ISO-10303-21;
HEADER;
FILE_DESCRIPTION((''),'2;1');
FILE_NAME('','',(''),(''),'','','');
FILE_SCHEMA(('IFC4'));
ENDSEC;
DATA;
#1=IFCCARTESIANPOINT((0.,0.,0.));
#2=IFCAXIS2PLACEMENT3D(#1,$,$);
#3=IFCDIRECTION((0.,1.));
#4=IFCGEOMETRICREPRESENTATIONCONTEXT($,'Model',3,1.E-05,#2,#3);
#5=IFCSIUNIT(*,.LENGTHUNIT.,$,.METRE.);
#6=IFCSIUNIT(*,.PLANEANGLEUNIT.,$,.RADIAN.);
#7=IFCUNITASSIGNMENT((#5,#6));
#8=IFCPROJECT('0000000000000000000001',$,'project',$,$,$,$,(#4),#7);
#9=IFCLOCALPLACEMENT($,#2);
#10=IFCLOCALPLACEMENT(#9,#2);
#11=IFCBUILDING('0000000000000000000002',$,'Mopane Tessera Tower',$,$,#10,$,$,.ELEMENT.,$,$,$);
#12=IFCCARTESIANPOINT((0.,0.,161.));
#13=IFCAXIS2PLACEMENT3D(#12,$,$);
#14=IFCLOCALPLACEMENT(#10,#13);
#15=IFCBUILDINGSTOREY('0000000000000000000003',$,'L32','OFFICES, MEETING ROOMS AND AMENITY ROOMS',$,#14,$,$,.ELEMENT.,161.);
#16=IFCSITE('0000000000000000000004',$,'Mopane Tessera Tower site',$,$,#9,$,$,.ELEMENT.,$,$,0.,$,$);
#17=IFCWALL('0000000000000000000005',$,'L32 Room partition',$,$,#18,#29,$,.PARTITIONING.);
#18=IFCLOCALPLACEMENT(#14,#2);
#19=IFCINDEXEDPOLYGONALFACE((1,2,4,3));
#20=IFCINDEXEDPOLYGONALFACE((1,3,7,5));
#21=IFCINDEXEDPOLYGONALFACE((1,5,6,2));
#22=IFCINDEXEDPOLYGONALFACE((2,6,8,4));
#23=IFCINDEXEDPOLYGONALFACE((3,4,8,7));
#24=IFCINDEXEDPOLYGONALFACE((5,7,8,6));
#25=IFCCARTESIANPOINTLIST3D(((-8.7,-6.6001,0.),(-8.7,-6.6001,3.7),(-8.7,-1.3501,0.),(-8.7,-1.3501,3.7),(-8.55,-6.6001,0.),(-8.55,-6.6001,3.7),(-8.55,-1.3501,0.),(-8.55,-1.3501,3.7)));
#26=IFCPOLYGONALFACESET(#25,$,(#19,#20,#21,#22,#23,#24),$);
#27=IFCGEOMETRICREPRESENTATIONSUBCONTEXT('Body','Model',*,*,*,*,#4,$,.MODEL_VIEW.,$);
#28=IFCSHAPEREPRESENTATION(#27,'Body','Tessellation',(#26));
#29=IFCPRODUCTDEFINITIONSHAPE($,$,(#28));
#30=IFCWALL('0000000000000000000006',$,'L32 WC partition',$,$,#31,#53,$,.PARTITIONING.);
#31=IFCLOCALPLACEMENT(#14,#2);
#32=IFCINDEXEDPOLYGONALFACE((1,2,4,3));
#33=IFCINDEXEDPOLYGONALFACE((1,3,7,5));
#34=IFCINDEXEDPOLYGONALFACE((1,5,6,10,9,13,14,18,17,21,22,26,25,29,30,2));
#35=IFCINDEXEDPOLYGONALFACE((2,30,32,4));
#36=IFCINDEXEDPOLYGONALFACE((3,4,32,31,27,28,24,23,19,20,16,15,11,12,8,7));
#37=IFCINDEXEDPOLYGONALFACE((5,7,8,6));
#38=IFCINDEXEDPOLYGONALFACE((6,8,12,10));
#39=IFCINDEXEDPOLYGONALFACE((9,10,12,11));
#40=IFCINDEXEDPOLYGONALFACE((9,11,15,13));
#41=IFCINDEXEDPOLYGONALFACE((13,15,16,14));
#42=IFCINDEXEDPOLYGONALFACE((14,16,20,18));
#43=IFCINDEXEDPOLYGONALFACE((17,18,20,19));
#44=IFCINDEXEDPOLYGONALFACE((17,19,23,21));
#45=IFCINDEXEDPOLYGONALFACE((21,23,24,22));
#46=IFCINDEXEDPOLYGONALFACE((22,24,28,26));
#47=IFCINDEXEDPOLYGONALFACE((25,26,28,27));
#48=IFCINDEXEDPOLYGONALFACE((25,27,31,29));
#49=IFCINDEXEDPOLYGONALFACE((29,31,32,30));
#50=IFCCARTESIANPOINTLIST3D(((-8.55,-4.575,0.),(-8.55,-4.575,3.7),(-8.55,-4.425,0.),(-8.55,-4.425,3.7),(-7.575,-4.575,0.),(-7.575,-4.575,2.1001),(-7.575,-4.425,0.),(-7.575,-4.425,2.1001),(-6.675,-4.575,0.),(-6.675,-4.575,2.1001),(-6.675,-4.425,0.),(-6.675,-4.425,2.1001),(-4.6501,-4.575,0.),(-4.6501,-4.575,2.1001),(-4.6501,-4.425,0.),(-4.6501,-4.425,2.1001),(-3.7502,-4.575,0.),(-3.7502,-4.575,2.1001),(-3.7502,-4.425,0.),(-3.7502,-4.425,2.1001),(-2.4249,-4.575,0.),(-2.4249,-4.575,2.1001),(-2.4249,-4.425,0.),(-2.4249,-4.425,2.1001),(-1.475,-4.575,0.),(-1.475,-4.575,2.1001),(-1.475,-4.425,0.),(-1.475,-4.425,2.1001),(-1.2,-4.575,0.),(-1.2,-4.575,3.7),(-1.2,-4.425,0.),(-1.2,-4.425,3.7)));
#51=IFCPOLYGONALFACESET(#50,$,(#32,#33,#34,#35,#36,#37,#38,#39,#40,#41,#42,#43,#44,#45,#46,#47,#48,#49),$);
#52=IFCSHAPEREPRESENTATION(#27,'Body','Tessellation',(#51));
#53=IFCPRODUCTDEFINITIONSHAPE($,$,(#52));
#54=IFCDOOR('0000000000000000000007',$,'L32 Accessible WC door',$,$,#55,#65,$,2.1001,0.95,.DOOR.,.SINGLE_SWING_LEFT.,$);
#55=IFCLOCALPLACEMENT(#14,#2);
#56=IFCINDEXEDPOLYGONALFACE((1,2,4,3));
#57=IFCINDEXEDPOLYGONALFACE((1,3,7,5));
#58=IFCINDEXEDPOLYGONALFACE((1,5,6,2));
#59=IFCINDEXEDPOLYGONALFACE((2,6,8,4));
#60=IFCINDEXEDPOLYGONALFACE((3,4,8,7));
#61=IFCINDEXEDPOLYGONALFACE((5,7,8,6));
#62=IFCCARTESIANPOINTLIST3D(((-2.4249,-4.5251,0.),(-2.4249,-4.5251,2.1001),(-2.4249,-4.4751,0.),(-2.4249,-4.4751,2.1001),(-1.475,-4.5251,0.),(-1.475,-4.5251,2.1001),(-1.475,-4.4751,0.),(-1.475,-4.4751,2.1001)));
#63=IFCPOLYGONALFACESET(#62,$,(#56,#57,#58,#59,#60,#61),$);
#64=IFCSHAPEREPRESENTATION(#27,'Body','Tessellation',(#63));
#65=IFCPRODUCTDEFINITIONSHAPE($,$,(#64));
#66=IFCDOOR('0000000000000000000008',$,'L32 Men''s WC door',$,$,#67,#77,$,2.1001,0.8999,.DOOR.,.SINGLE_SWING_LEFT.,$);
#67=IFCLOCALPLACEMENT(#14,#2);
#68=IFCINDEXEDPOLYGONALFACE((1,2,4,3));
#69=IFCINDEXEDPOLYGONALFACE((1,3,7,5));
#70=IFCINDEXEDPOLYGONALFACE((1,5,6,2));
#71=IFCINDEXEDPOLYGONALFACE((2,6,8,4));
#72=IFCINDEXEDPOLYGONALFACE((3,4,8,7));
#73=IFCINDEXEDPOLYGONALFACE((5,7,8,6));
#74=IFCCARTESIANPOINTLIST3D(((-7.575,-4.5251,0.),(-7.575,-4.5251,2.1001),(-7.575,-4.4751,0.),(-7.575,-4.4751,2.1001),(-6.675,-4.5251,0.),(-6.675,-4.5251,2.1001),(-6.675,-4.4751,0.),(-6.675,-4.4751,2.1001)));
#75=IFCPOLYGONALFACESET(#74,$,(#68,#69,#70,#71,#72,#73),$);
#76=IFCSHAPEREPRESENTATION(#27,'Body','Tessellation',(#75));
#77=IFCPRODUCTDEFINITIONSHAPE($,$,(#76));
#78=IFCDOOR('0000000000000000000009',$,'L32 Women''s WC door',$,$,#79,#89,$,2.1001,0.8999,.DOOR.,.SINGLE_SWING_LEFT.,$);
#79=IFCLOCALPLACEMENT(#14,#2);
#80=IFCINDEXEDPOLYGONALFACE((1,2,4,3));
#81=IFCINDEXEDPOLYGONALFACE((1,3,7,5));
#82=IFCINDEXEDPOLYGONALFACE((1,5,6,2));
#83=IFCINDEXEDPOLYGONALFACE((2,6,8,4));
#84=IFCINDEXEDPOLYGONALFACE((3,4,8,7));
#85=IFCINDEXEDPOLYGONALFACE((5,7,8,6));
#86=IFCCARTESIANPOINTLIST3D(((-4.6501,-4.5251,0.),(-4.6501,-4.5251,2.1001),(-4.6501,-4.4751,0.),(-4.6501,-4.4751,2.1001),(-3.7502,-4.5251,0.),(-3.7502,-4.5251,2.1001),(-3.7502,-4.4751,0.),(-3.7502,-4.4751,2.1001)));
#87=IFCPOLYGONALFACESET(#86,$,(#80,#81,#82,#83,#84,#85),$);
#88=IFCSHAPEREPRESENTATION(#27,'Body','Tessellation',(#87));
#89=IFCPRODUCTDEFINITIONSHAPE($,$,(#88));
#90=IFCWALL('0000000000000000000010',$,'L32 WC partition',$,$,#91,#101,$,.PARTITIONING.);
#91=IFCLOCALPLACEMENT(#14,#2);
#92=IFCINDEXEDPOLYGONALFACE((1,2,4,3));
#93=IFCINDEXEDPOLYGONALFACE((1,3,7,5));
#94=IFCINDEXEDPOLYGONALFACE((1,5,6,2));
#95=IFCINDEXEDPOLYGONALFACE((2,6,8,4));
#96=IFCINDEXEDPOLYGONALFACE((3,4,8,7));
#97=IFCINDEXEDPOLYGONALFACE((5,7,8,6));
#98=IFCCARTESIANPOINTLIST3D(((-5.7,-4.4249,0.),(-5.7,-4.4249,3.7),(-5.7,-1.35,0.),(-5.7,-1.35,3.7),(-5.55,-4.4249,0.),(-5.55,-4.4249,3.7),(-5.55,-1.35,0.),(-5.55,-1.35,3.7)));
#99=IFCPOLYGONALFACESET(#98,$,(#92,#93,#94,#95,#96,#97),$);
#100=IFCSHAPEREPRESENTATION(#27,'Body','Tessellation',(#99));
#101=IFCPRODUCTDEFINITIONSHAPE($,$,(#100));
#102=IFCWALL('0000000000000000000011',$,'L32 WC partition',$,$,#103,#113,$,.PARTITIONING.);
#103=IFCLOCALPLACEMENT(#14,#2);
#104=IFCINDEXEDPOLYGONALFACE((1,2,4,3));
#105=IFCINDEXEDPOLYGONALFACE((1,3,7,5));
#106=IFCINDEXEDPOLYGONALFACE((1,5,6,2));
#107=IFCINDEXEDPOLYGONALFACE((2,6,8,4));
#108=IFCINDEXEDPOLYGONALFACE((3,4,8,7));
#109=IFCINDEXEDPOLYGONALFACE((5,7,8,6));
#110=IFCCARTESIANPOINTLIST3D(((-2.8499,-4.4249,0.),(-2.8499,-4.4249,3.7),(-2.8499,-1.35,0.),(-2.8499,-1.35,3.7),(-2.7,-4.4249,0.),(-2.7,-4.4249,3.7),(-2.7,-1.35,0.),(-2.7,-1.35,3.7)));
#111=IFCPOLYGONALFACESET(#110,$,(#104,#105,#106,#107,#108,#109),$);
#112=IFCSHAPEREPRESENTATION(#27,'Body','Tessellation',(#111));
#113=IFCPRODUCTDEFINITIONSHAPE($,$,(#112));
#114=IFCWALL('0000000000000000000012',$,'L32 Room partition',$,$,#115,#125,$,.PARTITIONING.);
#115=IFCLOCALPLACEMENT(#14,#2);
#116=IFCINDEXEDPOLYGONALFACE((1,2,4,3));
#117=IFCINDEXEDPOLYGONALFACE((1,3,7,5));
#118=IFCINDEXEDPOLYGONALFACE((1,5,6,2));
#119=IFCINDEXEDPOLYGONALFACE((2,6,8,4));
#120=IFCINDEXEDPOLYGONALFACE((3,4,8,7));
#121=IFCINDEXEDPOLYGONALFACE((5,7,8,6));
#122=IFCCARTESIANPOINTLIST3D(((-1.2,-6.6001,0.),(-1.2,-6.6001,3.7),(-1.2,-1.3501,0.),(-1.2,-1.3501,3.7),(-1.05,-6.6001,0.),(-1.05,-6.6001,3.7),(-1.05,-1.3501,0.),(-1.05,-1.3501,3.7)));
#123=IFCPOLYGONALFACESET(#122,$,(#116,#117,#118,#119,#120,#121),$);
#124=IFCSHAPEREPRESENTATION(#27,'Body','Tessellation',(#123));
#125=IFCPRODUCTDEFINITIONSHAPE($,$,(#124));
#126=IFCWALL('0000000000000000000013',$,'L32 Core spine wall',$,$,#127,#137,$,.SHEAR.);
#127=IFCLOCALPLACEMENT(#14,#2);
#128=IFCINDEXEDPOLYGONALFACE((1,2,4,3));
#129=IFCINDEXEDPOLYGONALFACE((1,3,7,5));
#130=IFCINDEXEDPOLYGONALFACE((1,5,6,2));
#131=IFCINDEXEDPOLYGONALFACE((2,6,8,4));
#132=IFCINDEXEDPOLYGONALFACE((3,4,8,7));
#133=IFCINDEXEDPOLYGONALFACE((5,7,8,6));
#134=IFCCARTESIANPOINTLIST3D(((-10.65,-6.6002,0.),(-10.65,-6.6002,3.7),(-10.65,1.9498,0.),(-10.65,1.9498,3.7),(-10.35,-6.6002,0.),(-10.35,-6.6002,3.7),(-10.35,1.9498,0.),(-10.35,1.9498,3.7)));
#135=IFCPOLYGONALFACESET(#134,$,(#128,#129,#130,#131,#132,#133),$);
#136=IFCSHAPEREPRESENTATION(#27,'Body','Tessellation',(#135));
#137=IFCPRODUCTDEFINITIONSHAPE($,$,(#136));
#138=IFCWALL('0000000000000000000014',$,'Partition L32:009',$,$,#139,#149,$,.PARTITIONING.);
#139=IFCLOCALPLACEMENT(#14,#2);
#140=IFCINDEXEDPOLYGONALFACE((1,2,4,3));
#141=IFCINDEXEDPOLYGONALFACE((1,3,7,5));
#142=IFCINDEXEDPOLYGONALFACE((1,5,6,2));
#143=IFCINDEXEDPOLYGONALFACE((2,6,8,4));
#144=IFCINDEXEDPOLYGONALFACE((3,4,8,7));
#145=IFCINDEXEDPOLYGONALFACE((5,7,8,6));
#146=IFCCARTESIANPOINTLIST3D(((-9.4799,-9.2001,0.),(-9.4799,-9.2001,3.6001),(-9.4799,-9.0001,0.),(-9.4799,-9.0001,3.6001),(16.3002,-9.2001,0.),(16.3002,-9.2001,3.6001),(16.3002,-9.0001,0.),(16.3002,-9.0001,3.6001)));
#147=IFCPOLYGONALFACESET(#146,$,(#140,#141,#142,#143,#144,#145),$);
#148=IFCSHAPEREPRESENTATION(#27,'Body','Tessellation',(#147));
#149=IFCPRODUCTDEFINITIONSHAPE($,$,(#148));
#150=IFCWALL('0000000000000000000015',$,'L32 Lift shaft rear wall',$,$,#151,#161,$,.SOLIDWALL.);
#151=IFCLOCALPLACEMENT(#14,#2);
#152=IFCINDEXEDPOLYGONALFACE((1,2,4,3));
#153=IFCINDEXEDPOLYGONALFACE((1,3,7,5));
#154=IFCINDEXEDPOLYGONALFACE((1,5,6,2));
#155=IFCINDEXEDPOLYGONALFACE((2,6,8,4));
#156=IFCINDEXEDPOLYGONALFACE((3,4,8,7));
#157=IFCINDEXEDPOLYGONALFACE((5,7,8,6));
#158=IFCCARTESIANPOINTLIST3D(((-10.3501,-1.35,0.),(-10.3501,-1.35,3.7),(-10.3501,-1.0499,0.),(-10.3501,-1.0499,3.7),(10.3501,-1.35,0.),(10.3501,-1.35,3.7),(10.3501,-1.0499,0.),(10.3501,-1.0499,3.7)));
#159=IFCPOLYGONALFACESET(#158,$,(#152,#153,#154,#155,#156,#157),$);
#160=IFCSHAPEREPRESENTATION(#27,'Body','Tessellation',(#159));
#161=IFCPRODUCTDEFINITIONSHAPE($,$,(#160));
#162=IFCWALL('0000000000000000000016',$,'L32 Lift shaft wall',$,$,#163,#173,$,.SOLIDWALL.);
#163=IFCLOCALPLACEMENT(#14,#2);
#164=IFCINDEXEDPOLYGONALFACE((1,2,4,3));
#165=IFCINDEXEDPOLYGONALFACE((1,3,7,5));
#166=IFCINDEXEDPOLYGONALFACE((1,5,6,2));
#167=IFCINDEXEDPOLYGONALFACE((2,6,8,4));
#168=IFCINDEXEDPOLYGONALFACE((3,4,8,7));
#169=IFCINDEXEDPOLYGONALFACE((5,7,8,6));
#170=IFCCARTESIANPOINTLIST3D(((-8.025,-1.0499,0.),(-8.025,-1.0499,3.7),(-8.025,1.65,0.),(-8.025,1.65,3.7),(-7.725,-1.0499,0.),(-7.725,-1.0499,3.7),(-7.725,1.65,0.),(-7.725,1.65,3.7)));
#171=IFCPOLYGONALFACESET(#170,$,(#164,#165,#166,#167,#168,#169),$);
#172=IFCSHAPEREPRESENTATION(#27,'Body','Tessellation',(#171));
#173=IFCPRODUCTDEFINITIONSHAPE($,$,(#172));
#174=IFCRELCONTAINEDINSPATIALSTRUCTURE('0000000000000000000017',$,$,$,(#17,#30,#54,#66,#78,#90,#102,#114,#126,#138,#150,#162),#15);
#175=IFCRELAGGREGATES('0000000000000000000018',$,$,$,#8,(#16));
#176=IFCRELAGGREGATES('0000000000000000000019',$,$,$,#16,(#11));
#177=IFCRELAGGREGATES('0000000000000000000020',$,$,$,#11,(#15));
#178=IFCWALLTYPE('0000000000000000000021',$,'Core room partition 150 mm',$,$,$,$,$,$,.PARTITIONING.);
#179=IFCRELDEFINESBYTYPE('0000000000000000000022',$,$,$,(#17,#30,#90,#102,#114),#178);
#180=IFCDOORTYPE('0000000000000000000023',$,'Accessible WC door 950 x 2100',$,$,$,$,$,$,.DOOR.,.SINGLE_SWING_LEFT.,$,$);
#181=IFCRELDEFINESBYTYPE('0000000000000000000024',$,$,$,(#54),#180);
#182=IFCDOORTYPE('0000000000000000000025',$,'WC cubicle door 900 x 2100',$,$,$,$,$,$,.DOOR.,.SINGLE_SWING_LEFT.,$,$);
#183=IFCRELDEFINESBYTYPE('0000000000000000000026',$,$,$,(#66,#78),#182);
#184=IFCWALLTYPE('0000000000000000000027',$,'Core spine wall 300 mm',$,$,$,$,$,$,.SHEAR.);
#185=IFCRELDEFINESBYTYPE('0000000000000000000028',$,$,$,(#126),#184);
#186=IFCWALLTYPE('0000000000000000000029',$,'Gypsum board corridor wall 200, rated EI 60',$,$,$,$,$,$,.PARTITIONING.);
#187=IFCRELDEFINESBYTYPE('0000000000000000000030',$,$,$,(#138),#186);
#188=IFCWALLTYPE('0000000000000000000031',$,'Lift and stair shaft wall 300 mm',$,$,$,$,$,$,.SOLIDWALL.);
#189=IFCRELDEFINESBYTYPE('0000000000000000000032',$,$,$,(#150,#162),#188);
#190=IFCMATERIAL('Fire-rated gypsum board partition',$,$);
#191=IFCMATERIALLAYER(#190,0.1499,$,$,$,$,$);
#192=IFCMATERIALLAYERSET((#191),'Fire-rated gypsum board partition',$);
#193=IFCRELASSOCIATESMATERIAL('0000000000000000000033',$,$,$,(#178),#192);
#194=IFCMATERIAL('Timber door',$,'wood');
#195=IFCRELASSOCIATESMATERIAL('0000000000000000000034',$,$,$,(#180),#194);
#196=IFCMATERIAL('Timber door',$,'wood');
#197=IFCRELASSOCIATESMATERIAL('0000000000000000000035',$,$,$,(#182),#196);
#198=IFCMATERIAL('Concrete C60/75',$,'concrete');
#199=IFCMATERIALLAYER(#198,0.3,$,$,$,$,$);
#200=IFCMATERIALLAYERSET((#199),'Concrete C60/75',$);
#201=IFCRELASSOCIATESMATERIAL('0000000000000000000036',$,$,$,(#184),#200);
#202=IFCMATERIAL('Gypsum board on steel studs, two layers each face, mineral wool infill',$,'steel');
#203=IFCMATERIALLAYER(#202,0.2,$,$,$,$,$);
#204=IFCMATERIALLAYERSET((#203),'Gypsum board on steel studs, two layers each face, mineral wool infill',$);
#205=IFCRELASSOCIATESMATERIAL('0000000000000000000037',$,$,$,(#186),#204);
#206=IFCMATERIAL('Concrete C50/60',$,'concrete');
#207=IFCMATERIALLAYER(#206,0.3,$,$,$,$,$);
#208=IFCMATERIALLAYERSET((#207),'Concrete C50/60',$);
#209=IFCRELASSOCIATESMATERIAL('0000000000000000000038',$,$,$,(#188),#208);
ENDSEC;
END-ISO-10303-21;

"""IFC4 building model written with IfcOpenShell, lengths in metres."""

from ifc_helpers import new_model, si_unit, direction, frame, frame_2d, origin, place, context, subcontext, project, spatial, rectangle, extrude, material, layer, layer_set, type_object, element, fill, save


model = new_model("IFC4")

# Units and contexts
model_context = context("Model", 3, precision=1e-05, world=origin(), true_north=direction((0.0, 1.0)))
body_context = subcontext(model_context, "Body", "Model", "MODEL_VIEW")
ifc_project = project(units=[si_unit("LENGTHUNIT", "METRE"), si_unit("PLANEANGLEUNIT", "RADIAN")], contexts=[model_context])

# Site, building, storey
site_placement = place(None, origin())
site = spatial("IfcSite", under=ifc_project, at=site_placement, Name="Mopane Tessera Tower site", CompositionType="ELEMENT", RefElevation=0.0)
building_placement = place(site_placement, origin())
building = spatial("IfcBuilding", under=site, at=building_placement, Name="Mopane Tessera Tower", CompositionType="ELEMENT")
storey_placement = place(building_placement, frame((0.0, 0.0, 161.0)))
storey = spatial("IfcBuildingStorey", under=building, at=storey_placement, Name="L32", Description="OFFICES, MEETING ROOMS AND AMENITY ROOMS", CompositionType="ELEMENT", Elevation=161.0)

# Wall
ifc_material_1 = material(Name="Fire-rated gypsum board partition")
ifc_layer_1 = layer(ifc_material_1, 0.1499)
ifc_layer_set_1 = layer_set([ifc_layer_1], Name="Fire-rated gypsum board partition")
wall_type_1 = type_object("IfcWallType", Name="Core room partition 150 mm", PredefinedType="PARTITIONING", material=ifc_layer_set_1)
wall_1_placement = place(storey_placement, frame((-8.625, -6.6001, 0.0), z_axis=(0.0, 0.0, 1.0), x_axis=(0.0, 1.0, 0.0)))
element("IfcWall", 1, at=wall_1_placement, inside=storey, type_object=wall_type_1, Name="L32 Room partition", PredefinedType="PARTITIONING", context=body_context, shape_type="SweptSolid", body=[
    extrude(rectangle(XDim=5.25, YDim=0.1499, at=frame_2d((2.625, 0.0))), origin(), (0.0, 0.0, 1.0), 3.7),
])

# Wall, openings, doors
wall_2_placement = place(storey_placement, frame((-8.55, -4.5, 0.0), z_axis=(0.0, 0.0, 1.0), x_axis=(1.0, 0.0, 0.0)))
wall_2 = element("IfcWall", 2, at=wall_2_placement, inside=storey, type_object=wall_type_1, Name="L32 WC partition", PredefinedType="PARTITIONING", context=body_context, shape_type="SweptSolid", body=[
    extrude(rectangle(XDim=7.3501, YDim=0.1499, at=frame_2d((3.675, 0.0))), origin(), (0.0, 0.0, 1.0), 3.7),
])
opening_1_placement = place(wall_2_placement, frame((0.9751, 0.0, 0.0)))
opening_1 = element("IfcOpeningElement", 3, at=opening_1_placement, cuts=wall_2, PredefinedType="OPENING", context=body_context, shape_type="SweptSolid", body=[
    extrude(rectangle(XDim=0.8999, YDim=2.1001, at=frame_2d((0.45, 1.05))), frame((0.0, 0.0869, 0.0), z_axis=(0.0, -1.0, 0.0), x_axis=(1.0, 0.0, 0.0)), (0.0, 0.0, 1.0), 0.1738),
])
opening_2_placement = place(wall_2_placement, frame((3.8999, 0.0, 0.0)))
opening_2 = element("IfcOpeningElement", 4, at=opening_2_placement, cuts=wall_2, PredefinedType="OPENING", context=body_context, shape_type="SweptSolid", body=[
    extrude(rectangle(XDim=0.8999, YDim=2.1001, at=frame_2d((0.45, 1.05))), frame((0.0, 0.0869, 0.0), z_axis=(0.0, -1.0, 0.0), x_axis=(1.0, 0.0, 0.0)), (0.0, 0.0, 1.0), 0.1738),
])
opening_3_placement = place(wall_2_placement, frame((6.125, 0.0, 0.0)))
opening_3 = element("IfcOpeningElement", 5, at=opening_3_placement, cuts=wall_2, PredefinedType="OPENING", context=body_context, shape_type="SweptSolid", body=[
    extrude(rectangle(XDim=0.95, YDim=2.1001, at=frame_2d((0.4751, 1.05))), frame((0.0, 0.0869, 0.0), z_axis=(0.0, -1.0, 0.0), x_axis=(1.0, 0.0, 0.0)), (0.0, 0.0, 1.0), 0.1738),
])
ifc_material_2 = material(Name="Timber door", Category="wood")
door_type_1 = type_object("IfcDoorType", Name="Accessible WC door 950 x 2100", OperationType="SINGLE_SWING_LEFT", PredefinedType="DOOR", material=ifc_material_2)
door_1_placement = place(opening_3_placement, origin())
door_1 = element("IfcDoor", 6, at=door_1_placement, inside=storey, type_object=door_type_1, Name="L32 Accessible WC door", OperationType="SINGLE_SWING_LEFT", OverallHeight=2.1001, OverallWidth=0.95, PredefinedType="DOOR", context=body_context, shape_type="SweptSolid", body=[
    extrude(rectangle(XDim=0.95, YDim=2.1001, at=frame_2d((0.4751, 1.05))), frame((0.0, 0.0249, 0.0), z_axis=(0.0, -1.0, 0.0), x_axis=(1.0, 0.0, 0.0)), (0.0, 0.0, 1.0), 0.05),
])
fill(opening_3, door_1)
ifc_material_3 = material(Name="Timber door", Category="wood")
door_type_2 = type_object("IfcDoorType", Name="WC cubicle door 900 x 2100", OperationType="SINGLE_SWING_LEFT", PredefinedType="DOOR", material=ifc_material_3)
door_2_placement = place(opening_1_placement, origin())
door_2 = element("IfcDoor", 7, at=door_2_placement, inside=storey, type_object=door_type_2, Name="L32 Men's WC door", OperationType="SINGLE_SWING_LEFT", OverallHeight=2.1001, OverallWidth=0.8999, PredefinedType="DOOR", context=body_context, shape_type="SweptSolid", body=[
    extrude(rectangle(XDim=0.8999, YDim=2.1001, at=frame_2d((0.45, 1.05))), frame((0.0, 0.0249, 0.0), z_axis=(0.0, -1.0, 0.0), x_axis=(1.0, 0.0, 0.0)), (0.0, 0.0, 1.0), 0.05),
])
fill(opening_1, door_2)
door_3_placement = place(opening_2_placement, origin())
door_3 = element("IfcDoor", 8, at=door_3_placement, inside=storey, type_object=door_type_2, Name="L32 Women's WC door", OperationType="SINGLE_SWING_LEFT", OverallHeight=2.1001, OverallWidth=0.8999, PredefinedType="DOOR", context=body_context, shape_type="SweptSolid", body=[
    extrude(rectangle(XDim=0.8999, YDim=2.1001, at=frame_2d((0.45, 1.05))), frame((0.0, 0.0249, 0.0), z_axis=(0.0, -1.0, 0.0), x_axis=(1.0, 0.0, 0.0)), (0.0, 0.0, 1.0), 0.05),
])
fill(opening_2, door_3)

# Walls
for number, where, z_axis, x_axis, name in (
    (9, (-5.625, -4.425, 0.0), (0.0, 0.0, 1.0), (0.0, 1.0, 0.0), "L32 WC partition"),
    (10, (-2.7749, -4.425, 0.0), (0.0, 0.0, 1.0), (0.0, 1.0, 0.0), "L32 WC partition"),
):
    element("IfcWall", number, at=place(storey_placement, frame(where, z_axis=z_axis, x_axis=x_axis)), inside=storey, type_object=wall_type_1, Name=name, PredefinedType="PARTITIONING", context=body_context, shape_type="SweptSolid", body=[
        extrude(rectangle(XDim=3.075, YDim=0.1499, at=frame_2d((1.5376, 0.0))), origin(), (0.0, 0.0, 1.0), 3.7),
    ])
wall_3_placement = place(storey_placement, frame((-1.125, -6.6001, 0.0), z_axis=(0.0, 0.0, 1.0), x_axis=(0.0, 1.0, 0.0)))
element("IfcWall", 11, at=wall_3_placement, inside=storey, type_object=wall_type_1, Name="L32 Room partition", PredefinedType="PARTITIONING", context=body_context, shape_type="SweptSolid", body=[
    extrude(rectangle(XDim=5.25, YDim=0.1499, at=frame_2d((2.625, 0.0))), origin(), (0.0, 0.0, 1.0), 3.7),
])
ifc_material_4 = material(Name="Concrete C60/75", Category="concrete")
ifc_layer_2 = layer(ifc_material_4, 0.3)
ifc_layer_set_2 = layer_set([ifc_layer_2], Name="Concrete C60/75")
wall_type_2 = type_object("IfcWallType", Name="Core spine wall 300 mm", PredefinedType="SHEAR", material=ifc_layer_set_2)
wall_4_placement = place(storey_placement, frame((-10.5, -6.6001, 0.0), z_axis=(0.0, 0.0, 1.0), x_axis=(0.0, 1.0, 0.0)))
element("IfcWall", 12, at=wall_4_placement, inside=storey, type_object=wall_type_2, Name="L32 Core spine wall", PredefinedType="SHEAR", context=body_context, shape_type="SweptSolid", body=[
    extrude(rectangle(XDim=8.55, YDim=0.3, at=frame_2d((4.2749, 0.0))), origin(), (0.0, 0.0, 1.0), 3.7),
])
ifc_material_5 = material(Name="Gypsum board on steel studs, two layers each face, mineral wool infill", Category="steel")
ifc_layer_3 = layer(ifc_material_5, 0.2)
ifc_layer_set_3 = layer_set([ifc_layer_3], Name="Gypsum board on steel studs, two layers each face, mineral wool infill")
wall_type_3 = type_object("IfcWallType", Name="Gypsum board corridor wall 200, rated EI 60", PredefinedType="PARTITIONING", material=ifc_layer_set_3)
wall_5_placement = place(storey_placement, frame((-9.48, -9.1001, 0.0), z_axis=(0.0, 0.0, 1.0), x_axis=(1.0, 0.0, 0.0)))
element("IfcWall", 13, at=wall_5_placement, inside=storey, type_object=wall_type_3, Name="Partition L32:009", PredefinedType="PARTITIONING", context=body_context, shape_type="SweptSolid", body=[
    extrude(rectangle(XDim=25.78, YDim=0.2, at=frame_2d((12.8901, 0.0))), origin(), (0.0, 0.0, 1.0), 3.6001),
])
ifc_material_6 = material(Name="Concrete C50/60", Category="concrete")
ifc_layer_4 = layer(ifc_material_6, 0.3)
ifc_layer_set_4 = layer_set([ifc_layer_4], Name="Concrete C50/60")
wall_type_4 = type_object("IfcWallType", Name="Lift and stair shaft wall 300 mm", PredefinedType="SOLIDWALL", material=ifc_layer_set_4)
wall_6_placement = place(storey_placement, frame((-10.3501, -1.2, 0.0), z_axis=(0.0, 0.0, 1.0), x_axis=(1.0, 0.0, 0.0)))
element("IfcWall", 14, at=wall_6_placement, inside=storey, type_object=wall_type_4, Name="L32 Lift shaft rear wall", PredefinedType="SOLIDWALL", context=body_context, shape_type="SweptSolid", body=[
    extrude(rectangle(XDim=20.7002, YDim=0.3, at=frame_2d((10.3501, 0.0))), origin(), (0.0, 0.0, 1.0), 3.7),
])
for number, where, z_axis, x_axis, name in (
    (15, (-7.875, -1.05, 0.0), (0.0, 0.0, 1.0), (0.0, 1.0, 0.0), "L32 Lift shaft wall"),
):
    element("IfcWall", number, at=place(storey_placement, frame(where, z_axis=z_axis, x_axis=x_axis)), inside=storey, type_object=wall_type_4, Name=name, PredefinedType="SOLIDWALL", context=body_context, shape_type="SweptSolid", body=[
        extrude(rectangle(XDim=2.7, YDim=0.3, at=frame_2d((1.3501, 0.0))), origin(), (0.0, 0.0, 1.0), 3.7),
    ])

save(model, "model.ifc")
